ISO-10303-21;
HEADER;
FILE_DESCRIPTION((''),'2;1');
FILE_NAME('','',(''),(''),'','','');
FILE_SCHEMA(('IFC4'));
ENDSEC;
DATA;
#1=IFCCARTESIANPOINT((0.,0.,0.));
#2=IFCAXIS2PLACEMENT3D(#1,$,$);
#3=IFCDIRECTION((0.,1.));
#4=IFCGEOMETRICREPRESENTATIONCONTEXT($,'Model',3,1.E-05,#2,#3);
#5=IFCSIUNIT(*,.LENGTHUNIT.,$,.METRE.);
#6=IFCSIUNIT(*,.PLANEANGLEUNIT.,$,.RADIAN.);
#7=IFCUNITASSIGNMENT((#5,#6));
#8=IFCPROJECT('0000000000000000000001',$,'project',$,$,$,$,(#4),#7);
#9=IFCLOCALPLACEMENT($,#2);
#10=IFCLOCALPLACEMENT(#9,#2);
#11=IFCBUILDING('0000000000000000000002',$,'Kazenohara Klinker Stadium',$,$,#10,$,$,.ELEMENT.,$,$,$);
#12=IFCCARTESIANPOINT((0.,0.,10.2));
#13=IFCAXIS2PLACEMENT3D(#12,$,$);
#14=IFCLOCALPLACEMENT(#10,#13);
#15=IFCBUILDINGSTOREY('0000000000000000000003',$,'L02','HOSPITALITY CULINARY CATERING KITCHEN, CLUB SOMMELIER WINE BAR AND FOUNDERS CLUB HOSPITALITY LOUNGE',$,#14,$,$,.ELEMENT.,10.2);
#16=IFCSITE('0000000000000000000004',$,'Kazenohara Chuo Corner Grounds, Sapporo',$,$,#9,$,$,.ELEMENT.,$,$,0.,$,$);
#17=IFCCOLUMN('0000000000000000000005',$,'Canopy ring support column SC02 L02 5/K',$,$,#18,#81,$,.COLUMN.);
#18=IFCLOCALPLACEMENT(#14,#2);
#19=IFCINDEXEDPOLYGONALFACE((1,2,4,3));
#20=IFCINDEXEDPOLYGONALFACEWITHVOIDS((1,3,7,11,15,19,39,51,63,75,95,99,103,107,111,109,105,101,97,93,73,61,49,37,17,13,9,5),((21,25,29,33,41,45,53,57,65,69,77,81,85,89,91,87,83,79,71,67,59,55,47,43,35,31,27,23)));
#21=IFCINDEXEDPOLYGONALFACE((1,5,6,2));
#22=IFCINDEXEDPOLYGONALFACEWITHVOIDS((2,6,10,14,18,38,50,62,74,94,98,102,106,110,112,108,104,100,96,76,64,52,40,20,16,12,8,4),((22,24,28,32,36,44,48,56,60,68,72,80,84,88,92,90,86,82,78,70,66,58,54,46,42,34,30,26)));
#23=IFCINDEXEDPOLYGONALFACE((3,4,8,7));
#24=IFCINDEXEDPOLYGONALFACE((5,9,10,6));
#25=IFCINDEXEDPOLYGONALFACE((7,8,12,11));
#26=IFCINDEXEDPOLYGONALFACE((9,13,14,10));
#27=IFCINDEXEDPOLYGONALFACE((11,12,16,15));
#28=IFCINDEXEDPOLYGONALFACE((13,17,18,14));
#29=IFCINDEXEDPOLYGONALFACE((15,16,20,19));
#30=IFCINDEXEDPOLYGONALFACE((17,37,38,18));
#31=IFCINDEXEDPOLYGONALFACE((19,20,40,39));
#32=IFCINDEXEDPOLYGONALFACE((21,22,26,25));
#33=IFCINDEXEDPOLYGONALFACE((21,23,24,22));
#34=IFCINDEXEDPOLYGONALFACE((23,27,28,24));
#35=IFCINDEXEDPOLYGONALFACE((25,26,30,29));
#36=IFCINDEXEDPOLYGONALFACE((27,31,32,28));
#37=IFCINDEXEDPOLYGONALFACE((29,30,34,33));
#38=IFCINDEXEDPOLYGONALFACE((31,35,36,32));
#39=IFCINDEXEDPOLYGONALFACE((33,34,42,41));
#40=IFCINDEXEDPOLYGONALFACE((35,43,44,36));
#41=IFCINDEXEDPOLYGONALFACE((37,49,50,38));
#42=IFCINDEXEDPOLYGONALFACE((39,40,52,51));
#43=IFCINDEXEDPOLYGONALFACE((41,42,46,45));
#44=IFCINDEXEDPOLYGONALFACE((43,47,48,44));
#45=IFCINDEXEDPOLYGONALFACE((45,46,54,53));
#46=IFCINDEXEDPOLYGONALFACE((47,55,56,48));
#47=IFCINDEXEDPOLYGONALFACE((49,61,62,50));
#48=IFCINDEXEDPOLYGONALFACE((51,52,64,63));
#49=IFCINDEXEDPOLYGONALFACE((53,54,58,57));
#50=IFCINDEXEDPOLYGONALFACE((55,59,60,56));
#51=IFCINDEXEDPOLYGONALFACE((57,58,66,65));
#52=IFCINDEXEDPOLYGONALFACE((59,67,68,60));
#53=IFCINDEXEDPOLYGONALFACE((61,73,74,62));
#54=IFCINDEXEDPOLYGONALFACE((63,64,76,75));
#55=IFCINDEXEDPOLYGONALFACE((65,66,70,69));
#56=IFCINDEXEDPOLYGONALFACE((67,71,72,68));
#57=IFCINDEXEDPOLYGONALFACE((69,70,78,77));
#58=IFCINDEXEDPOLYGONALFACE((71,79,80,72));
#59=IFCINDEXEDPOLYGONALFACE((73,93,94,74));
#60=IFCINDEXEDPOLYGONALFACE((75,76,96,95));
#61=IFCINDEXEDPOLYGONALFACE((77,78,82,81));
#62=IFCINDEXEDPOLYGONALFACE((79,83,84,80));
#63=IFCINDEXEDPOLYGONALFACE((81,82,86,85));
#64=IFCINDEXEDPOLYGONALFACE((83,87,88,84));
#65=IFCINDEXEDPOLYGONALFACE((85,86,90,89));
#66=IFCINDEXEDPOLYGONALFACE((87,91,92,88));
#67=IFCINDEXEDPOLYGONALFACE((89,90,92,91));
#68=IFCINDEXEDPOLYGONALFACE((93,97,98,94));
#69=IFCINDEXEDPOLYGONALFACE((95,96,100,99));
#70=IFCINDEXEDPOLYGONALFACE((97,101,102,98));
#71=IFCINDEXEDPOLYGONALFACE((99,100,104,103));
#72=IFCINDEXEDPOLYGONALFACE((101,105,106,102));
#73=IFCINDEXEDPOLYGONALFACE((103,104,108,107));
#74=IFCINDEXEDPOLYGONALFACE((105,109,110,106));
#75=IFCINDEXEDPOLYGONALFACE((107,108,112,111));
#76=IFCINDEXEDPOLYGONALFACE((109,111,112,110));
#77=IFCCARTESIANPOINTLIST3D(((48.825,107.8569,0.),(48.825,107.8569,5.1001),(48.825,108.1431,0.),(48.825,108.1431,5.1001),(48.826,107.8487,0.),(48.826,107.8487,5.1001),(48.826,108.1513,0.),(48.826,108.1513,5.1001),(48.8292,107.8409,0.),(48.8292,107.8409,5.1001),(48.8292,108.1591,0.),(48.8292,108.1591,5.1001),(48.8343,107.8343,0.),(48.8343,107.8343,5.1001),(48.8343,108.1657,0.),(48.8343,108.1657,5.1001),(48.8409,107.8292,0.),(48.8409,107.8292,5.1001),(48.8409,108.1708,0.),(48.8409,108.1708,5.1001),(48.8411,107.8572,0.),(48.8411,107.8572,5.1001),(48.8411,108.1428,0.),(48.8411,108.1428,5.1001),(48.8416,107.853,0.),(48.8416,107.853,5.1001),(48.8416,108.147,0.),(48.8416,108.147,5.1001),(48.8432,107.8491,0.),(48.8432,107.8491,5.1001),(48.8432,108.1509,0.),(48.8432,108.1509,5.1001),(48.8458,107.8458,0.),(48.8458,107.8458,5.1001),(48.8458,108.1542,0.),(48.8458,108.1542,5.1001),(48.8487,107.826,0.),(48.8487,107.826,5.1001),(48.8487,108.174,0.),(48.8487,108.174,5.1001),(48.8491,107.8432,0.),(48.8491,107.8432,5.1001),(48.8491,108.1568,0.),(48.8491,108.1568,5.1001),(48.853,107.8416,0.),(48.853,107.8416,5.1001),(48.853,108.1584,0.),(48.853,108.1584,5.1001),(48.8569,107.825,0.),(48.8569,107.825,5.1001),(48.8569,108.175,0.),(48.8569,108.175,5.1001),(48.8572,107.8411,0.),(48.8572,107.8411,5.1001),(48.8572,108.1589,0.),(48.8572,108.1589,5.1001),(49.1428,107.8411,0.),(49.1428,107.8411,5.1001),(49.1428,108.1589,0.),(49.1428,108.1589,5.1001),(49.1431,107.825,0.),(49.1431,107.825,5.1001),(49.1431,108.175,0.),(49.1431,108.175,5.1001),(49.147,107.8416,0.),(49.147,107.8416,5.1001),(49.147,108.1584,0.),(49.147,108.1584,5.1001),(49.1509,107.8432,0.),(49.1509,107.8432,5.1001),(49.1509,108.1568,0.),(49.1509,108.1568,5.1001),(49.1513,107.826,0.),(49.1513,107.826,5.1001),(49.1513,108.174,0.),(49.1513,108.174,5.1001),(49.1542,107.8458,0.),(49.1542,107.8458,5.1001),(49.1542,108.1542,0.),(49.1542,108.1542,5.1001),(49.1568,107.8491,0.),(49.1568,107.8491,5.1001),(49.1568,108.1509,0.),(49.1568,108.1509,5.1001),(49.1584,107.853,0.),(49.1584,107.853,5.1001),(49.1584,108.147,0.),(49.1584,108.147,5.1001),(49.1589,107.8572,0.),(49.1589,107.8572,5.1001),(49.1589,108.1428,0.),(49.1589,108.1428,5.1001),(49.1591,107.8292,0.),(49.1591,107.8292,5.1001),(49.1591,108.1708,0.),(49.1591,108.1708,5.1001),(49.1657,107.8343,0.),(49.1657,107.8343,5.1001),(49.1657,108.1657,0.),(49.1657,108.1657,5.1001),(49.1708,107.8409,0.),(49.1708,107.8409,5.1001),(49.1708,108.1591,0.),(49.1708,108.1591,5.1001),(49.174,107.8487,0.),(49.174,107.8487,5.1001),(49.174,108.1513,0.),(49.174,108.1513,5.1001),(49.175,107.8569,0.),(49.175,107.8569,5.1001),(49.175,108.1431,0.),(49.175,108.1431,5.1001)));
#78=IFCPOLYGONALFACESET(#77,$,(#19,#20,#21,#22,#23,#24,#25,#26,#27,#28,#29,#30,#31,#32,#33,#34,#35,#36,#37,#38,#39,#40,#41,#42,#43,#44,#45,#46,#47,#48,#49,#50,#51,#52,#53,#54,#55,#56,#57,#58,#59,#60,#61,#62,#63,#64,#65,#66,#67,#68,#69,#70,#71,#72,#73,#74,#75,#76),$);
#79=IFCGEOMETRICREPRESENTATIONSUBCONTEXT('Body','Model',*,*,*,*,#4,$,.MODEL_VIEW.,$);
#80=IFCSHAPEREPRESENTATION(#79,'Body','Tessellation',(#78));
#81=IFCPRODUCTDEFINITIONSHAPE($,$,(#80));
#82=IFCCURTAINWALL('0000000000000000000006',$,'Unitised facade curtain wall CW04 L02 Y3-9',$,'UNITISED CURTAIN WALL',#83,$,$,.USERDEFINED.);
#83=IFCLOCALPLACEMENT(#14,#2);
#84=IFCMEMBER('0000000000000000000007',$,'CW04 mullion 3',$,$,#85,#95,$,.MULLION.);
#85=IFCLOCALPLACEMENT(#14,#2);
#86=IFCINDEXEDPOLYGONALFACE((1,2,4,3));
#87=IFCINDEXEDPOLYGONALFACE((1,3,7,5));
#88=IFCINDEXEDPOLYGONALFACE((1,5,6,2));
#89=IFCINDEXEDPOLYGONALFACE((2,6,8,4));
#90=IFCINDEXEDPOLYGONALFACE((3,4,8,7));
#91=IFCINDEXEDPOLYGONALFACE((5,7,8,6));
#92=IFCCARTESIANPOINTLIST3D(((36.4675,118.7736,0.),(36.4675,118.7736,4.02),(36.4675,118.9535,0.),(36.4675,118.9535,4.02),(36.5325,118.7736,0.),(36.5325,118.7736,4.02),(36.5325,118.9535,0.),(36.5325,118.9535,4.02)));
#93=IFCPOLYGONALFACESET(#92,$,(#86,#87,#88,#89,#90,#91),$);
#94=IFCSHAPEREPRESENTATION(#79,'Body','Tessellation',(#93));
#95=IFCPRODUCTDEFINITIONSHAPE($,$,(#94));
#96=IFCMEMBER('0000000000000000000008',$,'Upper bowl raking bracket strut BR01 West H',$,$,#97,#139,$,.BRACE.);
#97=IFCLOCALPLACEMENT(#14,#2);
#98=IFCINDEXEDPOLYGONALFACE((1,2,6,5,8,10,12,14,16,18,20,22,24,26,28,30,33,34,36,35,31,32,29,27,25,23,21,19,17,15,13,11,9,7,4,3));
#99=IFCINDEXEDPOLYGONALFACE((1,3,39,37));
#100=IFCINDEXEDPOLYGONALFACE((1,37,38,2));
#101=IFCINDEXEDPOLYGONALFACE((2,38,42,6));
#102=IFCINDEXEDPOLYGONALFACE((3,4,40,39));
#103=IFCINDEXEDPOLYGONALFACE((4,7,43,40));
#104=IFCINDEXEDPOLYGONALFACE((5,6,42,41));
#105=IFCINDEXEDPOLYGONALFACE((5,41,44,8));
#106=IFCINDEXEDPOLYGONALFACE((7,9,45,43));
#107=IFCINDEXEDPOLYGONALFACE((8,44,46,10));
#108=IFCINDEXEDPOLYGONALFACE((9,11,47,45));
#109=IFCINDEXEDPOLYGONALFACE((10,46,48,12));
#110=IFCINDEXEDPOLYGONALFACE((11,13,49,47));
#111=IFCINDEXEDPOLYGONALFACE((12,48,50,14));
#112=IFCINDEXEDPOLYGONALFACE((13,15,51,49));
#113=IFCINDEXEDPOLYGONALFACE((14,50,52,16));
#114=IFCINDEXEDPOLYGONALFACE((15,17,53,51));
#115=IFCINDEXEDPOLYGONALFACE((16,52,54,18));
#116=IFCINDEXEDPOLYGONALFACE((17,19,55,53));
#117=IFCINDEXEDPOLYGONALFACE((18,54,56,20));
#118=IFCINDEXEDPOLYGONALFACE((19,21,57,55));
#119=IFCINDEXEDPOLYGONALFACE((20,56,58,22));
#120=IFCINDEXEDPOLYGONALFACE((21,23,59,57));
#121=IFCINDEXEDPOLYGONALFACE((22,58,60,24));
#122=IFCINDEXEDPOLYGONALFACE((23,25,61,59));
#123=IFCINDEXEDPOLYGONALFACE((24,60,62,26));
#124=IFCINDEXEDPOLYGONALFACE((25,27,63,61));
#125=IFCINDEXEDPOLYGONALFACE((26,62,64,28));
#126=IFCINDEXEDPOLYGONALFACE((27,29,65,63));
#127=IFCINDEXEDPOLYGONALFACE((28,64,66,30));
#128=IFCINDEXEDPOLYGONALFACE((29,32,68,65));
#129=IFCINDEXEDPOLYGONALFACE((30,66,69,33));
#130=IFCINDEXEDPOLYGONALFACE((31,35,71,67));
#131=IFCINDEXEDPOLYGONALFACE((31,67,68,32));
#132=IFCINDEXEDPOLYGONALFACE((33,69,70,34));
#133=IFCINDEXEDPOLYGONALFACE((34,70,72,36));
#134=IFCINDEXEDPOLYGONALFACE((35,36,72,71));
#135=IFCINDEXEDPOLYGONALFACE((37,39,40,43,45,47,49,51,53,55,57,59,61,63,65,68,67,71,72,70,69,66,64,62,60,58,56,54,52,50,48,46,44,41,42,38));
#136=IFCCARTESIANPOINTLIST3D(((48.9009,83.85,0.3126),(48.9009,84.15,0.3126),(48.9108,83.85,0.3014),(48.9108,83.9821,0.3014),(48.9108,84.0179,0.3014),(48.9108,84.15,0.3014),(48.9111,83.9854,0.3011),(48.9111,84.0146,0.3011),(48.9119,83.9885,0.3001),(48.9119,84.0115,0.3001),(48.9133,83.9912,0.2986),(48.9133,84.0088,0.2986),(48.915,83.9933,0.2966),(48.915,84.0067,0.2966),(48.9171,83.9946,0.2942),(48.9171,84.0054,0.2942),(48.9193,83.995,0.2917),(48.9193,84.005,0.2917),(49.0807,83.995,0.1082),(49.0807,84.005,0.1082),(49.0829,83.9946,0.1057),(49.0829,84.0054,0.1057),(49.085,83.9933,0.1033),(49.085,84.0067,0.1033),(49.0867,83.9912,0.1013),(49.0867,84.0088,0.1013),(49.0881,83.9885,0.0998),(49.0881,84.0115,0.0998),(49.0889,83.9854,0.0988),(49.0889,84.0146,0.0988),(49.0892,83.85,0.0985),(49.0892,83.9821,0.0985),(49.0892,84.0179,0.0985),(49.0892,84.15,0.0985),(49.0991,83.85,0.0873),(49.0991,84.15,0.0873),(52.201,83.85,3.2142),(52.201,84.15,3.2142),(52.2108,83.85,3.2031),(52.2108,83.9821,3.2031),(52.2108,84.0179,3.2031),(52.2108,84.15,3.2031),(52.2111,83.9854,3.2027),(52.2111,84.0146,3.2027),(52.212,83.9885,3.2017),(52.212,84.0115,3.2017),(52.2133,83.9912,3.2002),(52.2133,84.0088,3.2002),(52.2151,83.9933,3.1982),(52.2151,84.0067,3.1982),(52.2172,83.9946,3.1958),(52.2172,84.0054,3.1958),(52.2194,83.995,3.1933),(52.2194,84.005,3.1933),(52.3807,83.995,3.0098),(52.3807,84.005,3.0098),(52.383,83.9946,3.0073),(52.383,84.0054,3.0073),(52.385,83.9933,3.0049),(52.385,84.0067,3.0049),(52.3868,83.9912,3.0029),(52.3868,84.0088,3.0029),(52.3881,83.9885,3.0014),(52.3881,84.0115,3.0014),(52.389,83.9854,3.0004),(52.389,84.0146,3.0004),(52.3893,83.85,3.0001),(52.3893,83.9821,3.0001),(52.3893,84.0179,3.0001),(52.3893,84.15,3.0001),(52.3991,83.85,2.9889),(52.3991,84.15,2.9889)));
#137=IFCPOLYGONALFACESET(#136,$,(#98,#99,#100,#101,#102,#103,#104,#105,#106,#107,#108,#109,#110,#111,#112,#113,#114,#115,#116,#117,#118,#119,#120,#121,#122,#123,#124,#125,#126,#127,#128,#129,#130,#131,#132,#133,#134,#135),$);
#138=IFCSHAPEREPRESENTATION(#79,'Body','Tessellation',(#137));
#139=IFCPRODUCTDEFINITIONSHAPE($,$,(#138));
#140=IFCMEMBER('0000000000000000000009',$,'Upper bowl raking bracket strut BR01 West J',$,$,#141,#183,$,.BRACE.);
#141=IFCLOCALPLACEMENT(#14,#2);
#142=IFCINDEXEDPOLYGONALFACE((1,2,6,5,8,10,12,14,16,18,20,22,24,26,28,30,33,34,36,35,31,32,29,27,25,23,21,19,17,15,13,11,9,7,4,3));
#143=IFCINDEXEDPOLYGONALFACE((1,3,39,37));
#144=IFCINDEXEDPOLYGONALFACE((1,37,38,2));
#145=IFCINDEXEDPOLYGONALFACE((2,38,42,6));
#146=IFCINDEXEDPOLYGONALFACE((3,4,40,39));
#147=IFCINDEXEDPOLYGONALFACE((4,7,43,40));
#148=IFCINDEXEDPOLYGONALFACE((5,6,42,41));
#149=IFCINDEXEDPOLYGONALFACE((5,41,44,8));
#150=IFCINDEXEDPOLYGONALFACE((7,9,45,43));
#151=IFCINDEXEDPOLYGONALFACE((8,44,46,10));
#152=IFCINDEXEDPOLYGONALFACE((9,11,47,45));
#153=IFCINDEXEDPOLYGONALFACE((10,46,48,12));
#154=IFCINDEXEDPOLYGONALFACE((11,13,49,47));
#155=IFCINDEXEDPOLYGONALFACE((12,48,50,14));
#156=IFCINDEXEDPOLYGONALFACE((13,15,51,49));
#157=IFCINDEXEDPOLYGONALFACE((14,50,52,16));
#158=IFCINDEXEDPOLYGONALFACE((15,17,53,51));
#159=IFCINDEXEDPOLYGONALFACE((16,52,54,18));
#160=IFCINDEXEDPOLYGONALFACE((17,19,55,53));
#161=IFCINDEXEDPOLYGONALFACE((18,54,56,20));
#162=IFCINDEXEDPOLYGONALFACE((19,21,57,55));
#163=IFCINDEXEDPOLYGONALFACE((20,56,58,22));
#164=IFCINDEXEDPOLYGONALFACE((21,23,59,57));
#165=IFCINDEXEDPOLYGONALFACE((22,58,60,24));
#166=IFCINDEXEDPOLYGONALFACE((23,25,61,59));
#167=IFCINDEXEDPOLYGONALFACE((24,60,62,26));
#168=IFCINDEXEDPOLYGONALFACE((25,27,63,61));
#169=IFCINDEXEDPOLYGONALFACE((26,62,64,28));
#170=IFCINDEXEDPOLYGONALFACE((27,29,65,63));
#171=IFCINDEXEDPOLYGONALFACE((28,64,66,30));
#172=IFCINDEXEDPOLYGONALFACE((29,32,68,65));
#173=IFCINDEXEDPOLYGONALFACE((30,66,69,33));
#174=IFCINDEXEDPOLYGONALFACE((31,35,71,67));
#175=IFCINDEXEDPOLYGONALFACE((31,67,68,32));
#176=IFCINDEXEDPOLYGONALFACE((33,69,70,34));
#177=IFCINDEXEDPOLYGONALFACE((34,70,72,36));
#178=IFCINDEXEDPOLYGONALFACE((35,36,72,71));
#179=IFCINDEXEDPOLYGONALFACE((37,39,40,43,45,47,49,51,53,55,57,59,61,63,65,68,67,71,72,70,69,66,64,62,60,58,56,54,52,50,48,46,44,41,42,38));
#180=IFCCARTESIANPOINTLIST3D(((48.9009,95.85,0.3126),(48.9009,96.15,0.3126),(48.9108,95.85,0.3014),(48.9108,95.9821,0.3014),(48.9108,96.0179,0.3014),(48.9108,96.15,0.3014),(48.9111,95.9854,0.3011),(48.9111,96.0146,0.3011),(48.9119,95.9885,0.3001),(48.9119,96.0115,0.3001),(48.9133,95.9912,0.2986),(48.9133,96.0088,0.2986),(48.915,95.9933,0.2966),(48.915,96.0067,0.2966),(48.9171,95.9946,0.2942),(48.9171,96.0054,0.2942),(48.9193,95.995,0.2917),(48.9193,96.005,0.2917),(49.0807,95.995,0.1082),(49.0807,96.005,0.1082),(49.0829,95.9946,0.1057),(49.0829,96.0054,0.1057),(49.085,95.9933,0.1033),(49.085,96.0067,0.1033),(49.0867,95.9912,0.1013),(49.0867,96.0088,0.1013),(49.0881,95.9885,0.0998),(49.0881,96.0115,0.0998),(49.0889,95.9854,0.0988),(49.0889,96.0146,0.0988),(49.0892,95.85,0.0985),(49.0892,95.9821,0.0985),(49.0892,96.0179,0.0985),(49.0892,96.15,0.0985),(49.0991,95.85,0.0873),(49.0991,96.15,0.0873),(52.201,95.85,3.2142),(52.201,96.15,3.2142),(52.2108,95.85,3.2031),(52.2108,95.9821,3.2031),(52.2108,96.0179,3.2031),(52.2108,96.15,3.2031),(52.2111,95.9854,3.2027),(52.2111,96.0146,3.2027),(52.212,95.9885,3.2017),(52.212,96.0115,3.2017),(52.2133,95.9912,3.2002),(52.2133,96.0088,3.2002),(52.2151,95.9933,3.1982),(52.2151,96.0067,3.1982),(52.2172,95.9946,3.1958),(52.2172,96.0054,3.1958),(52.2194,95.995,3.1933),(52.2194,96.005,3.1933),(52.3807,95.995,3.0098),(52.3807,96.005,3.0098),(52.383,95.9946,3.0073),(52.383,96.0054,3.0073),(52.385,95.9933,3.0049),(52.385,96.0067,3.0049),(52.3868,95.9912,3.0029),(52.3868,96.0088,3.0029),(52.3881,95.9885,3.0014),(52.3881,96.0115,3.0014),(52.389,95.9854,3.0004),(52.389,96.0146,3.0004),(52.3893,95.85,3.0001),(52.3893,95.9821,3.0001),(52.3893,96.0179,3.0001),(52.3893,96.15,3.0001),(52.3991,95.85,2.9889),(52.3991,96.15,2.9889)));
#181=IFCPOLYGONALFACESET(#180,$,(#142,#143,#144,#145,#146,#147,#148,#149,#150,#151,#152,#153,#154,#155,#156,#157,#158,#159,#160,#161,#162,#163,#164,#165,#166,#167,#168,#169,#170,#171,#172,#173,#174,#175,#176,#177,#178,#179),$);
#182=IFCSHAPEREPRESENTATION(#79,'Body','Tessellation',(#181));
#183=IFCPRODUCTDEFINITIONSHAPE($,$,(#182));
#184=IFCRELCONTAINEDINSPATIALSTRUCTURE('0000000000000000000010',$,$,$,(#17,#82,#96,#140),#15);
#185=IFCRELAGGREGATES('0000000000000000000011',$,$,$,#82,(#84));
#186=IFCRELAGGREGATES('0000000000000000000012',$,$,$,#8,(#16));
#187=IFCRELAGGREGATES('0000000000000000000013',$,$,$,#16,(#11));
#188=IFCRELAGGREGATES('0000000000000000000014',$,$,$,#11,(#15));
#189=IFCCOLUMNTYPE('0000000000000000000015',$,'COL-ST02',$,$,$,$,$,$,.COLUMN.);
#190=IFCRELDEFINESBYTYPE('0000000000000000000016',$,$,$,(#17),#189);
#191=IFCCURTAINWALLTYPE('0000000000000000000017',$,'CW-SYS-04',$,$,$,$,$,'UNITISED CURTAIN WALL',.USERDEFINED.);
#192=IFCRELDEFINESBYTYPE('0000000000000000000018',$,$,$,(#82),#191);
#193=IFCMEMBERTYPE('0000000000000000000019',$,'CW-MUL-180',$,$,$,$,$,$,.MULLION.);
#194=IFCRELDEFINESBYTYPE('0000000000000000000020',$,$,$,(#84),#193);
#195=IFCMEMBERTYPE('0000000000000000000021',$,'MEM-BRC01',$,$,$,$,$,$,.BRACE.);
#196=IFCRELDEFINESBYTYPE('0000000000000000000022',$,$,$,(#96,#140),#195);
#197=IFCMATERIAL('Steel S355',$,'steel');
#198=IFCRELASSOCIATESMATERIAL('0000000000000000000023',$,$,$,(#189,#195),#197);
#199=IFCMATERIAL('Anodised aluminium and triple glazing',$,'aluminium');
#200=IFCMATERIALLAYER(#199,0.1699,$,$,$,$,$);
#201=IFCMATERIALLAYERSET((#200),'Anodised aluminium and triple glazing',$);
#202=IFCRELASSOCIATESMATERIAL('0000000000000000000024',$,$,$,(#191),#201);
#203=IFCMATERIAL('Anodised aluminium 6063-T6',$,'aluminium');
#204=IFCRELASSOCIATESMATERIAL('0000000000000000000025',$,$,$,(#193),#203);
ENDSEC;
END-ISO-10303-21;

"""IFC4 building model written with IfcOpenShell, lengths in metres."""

from ifc_helpers import new_model, si_unit, direction, frame, origin, origin_2d, place, context, subcontext, project, spatial, rectangle, hollow_rectangle, i_section, extrude, material, layer, layer_set, material_profile, profile_set, type_object, element, aggregate, save


model = new_model("IFC4")

# Units and contexts
model_context = context("Model", 3, precision=1e-05, world=origin(), true_north=direction((0.0, 1.0)))
body_context = subcontext(model_context, "Body", "Model", "MODEL_VIEW")
ifc_project = project(units=[si_unit("LENGTHUNIT", "METRE"), si_unit("PLANEANGLEUNIT", "RADIAN")], contexts=[model_context])

# Site, building, storey
site_placement = place(None, origin())
site = spatial("IfcSite", under=ifc_project, at=site_placement, Name="Kazenohara Chuo Corner Grounds, Sapporo", CompositionType="ELEMENT", RefElevation=0.0)
building_placement = place(site_placement, origin())
building = spatial("IfcBuilding", under=site, at=building_placement, Name="Kazenohara Klinker Stadium", CompositionType="ELEMENT")
storey_placement = place(building_placement, frame((0.0, 0.0, 10.2)))
storey = spatial("IfcBuildingStorey", under=building, at=storey_placement, Name="L02", Description="HOSPITALITY CULINARY CATERING KITCHEN, CLUB SOMMELIER WINE BAR AND FOUNDERS CLUB HOSPITALITY LOUNGE", CompositionType="ELEMENT", Elevation=10.2)

# Column
ifc_material_1 = material(Name="Steel S355", Category="steel")
ifc_material_profile_1 = material_profile(ifc_material_1, hollow_rectangle(XDim=0.3501, YDim=0.3501, WallThickness=0.0161, InnerFilletRadius=0.0161, OuterFilletRadius=0.032, at=origin_2d()), Name="SHS-350x350x16")
ifc_profile_set_1 = profile_set([ifc_material_profile_1], Name="Steel S355")
column_type_1 = type_object("IfcColumnType", Name="COL-ST02", PredefinedType="COLUMN", material=ifc_profile_set_1)
for number, where, z_axis, x_axis, name in (
    (1, (49.0, 108.0, 0.0), (0.0, 0.0, 1.0), (1.0, 0.0, 0.0), "Canopy ring support column SC02 L02 5/K"),
):
    element("IfcColumn", number, at=place(storey_placement, frame(where, z_axis=z_axis, x_axis=x_axis)), inside=storey, type_object=column_type_1, Name=name, PredefinedType="COLUMN", context=body_context, shape_type="SweptSolid", body=[
        extrude(hollow_rectangle(XDim=0.3501, YDim=0.3501, WallThickness=0.0161, InnerFilletRadius=0.0161, OuterFilletRadius=0.032, at=origin_2d()), origin(), (0.0, 0.0, 1.0), 5.1001),
    ])

# Curtain wall, member
ifc_material_2 = material(Name="Anodised aluminium and triple glazing", Category="aluminium")
ifc_layer_1 = layer(ifc_material_2, 0.1699)
ifc_layer_set_1 = layer_set([ifc_layer_1], Name="Anodised aluminium and triple glazing")
curtain_wall_type = type_object("IfcCurtainWallType", Name="CW-SYS-04", ElementType="UNITISED CURTAIN WALL", PredefinedType="USERDEFINED", material=ifc_layer_set_1)
curtain_wall_placement = place(storey_placement, origin())
curtain_wall = element("IfcCurtainWall", 2, at=curtain_wall_placement, inside=storey, type_object=curtain_wall_type, Name="Unitised facade curtain wall CW04 L02 Y3-9", ObjectType="UNITISED CURTAIN WALL", PredefinedType="USERDEFINED")
ifc_material_3 = material(Name="Anodised aluminium 6063-T6", Category="aluminium")
ifc_material_profile_2 = material_profile(ifc_material_3, rectangle(XDim=0.0649, YDim=0.1799, at=origin_2d()), Name="ALU-MUL-65x180")
ifc_profile_set_2 = profile_set([ifc_material_profile_2], Name="Anodised aluminium 6063-T6")
member_type_1 = type_object("IfcMemberType", Name="CW-MUL-180", PredefinedType="MULLION", material=ifc_profile_set_2)
member_placement = place(storey_placement, frame((36.5, 118.8635, 0.0), z_axis=(0.0, 0.0, 1.0), x_axis=(-1.0, 0.0, 0.0)))
member = element("IfcMember", 3, at=member_placement, type_object=member_type_1, Name="CW04 mullion 3", PredefinedType="MULLION", context=body_context, shape_type="SweptSolid", body=[
    extrude(rectangle(XDim=0.0649, YDim=0.1799, at=origin_2d()), origin(), (0.0, 0.0, 1.0), 4.02),
])

# Members
ifc_material_profile_3 = material_profile(ifc_material_1, i_section(OverallWidth=0.3, OverallDepth=0.3, WebThickness=0.01, FlangeThickness=0.0149, FilletRadius=0.0129, at=origin_2d()), Name="H-300x300x10x15")
ifc_profile_set_3 = profile_set([ifc_material_profile_3], Name="Steel S355")
member_type_2 = type_object("IfcMemberType", Name="MEM-BRC01", PredefinedType="BRACE", material=ifc_profile_set_3)
for number, where, z_axis, x_axis, name in (
    (4, (49.0, 84.0, 0.2), (0.750988, 0.0, 0.660316), (0.0, 1.0, 0.0), "Upper bowl raking bracket strut BR01 West H"),
    (5, (49.0, 96.0, 0.2), (0.750988, 0.0, 0.660316), (0.0, 1.0, 0.0), "Upper bowl raking bracket strut BR01 West J"),
):
    element("IfcMember", number, at=place(storey_placement, frame(where, z_axis=z_axis, x_axis=x_axis)), inside=storey, type_object=member_type_2, Name=name, PredefinedType="BRACE", context=body_context, shape_type="SweptSolid", body=[
        extrude(i_section(OverallWidth=0.3, OverallDepth=0.3, WebThickness=0.01, FlangeThickness=0.0149, FilletRadius=0.0129, at=origin_2d()), origin(), (0.0, 0.0, 1.0), 4.3943),
    ])

aggregate(curtain_wall, [member])

save(model, "model.ifc")
